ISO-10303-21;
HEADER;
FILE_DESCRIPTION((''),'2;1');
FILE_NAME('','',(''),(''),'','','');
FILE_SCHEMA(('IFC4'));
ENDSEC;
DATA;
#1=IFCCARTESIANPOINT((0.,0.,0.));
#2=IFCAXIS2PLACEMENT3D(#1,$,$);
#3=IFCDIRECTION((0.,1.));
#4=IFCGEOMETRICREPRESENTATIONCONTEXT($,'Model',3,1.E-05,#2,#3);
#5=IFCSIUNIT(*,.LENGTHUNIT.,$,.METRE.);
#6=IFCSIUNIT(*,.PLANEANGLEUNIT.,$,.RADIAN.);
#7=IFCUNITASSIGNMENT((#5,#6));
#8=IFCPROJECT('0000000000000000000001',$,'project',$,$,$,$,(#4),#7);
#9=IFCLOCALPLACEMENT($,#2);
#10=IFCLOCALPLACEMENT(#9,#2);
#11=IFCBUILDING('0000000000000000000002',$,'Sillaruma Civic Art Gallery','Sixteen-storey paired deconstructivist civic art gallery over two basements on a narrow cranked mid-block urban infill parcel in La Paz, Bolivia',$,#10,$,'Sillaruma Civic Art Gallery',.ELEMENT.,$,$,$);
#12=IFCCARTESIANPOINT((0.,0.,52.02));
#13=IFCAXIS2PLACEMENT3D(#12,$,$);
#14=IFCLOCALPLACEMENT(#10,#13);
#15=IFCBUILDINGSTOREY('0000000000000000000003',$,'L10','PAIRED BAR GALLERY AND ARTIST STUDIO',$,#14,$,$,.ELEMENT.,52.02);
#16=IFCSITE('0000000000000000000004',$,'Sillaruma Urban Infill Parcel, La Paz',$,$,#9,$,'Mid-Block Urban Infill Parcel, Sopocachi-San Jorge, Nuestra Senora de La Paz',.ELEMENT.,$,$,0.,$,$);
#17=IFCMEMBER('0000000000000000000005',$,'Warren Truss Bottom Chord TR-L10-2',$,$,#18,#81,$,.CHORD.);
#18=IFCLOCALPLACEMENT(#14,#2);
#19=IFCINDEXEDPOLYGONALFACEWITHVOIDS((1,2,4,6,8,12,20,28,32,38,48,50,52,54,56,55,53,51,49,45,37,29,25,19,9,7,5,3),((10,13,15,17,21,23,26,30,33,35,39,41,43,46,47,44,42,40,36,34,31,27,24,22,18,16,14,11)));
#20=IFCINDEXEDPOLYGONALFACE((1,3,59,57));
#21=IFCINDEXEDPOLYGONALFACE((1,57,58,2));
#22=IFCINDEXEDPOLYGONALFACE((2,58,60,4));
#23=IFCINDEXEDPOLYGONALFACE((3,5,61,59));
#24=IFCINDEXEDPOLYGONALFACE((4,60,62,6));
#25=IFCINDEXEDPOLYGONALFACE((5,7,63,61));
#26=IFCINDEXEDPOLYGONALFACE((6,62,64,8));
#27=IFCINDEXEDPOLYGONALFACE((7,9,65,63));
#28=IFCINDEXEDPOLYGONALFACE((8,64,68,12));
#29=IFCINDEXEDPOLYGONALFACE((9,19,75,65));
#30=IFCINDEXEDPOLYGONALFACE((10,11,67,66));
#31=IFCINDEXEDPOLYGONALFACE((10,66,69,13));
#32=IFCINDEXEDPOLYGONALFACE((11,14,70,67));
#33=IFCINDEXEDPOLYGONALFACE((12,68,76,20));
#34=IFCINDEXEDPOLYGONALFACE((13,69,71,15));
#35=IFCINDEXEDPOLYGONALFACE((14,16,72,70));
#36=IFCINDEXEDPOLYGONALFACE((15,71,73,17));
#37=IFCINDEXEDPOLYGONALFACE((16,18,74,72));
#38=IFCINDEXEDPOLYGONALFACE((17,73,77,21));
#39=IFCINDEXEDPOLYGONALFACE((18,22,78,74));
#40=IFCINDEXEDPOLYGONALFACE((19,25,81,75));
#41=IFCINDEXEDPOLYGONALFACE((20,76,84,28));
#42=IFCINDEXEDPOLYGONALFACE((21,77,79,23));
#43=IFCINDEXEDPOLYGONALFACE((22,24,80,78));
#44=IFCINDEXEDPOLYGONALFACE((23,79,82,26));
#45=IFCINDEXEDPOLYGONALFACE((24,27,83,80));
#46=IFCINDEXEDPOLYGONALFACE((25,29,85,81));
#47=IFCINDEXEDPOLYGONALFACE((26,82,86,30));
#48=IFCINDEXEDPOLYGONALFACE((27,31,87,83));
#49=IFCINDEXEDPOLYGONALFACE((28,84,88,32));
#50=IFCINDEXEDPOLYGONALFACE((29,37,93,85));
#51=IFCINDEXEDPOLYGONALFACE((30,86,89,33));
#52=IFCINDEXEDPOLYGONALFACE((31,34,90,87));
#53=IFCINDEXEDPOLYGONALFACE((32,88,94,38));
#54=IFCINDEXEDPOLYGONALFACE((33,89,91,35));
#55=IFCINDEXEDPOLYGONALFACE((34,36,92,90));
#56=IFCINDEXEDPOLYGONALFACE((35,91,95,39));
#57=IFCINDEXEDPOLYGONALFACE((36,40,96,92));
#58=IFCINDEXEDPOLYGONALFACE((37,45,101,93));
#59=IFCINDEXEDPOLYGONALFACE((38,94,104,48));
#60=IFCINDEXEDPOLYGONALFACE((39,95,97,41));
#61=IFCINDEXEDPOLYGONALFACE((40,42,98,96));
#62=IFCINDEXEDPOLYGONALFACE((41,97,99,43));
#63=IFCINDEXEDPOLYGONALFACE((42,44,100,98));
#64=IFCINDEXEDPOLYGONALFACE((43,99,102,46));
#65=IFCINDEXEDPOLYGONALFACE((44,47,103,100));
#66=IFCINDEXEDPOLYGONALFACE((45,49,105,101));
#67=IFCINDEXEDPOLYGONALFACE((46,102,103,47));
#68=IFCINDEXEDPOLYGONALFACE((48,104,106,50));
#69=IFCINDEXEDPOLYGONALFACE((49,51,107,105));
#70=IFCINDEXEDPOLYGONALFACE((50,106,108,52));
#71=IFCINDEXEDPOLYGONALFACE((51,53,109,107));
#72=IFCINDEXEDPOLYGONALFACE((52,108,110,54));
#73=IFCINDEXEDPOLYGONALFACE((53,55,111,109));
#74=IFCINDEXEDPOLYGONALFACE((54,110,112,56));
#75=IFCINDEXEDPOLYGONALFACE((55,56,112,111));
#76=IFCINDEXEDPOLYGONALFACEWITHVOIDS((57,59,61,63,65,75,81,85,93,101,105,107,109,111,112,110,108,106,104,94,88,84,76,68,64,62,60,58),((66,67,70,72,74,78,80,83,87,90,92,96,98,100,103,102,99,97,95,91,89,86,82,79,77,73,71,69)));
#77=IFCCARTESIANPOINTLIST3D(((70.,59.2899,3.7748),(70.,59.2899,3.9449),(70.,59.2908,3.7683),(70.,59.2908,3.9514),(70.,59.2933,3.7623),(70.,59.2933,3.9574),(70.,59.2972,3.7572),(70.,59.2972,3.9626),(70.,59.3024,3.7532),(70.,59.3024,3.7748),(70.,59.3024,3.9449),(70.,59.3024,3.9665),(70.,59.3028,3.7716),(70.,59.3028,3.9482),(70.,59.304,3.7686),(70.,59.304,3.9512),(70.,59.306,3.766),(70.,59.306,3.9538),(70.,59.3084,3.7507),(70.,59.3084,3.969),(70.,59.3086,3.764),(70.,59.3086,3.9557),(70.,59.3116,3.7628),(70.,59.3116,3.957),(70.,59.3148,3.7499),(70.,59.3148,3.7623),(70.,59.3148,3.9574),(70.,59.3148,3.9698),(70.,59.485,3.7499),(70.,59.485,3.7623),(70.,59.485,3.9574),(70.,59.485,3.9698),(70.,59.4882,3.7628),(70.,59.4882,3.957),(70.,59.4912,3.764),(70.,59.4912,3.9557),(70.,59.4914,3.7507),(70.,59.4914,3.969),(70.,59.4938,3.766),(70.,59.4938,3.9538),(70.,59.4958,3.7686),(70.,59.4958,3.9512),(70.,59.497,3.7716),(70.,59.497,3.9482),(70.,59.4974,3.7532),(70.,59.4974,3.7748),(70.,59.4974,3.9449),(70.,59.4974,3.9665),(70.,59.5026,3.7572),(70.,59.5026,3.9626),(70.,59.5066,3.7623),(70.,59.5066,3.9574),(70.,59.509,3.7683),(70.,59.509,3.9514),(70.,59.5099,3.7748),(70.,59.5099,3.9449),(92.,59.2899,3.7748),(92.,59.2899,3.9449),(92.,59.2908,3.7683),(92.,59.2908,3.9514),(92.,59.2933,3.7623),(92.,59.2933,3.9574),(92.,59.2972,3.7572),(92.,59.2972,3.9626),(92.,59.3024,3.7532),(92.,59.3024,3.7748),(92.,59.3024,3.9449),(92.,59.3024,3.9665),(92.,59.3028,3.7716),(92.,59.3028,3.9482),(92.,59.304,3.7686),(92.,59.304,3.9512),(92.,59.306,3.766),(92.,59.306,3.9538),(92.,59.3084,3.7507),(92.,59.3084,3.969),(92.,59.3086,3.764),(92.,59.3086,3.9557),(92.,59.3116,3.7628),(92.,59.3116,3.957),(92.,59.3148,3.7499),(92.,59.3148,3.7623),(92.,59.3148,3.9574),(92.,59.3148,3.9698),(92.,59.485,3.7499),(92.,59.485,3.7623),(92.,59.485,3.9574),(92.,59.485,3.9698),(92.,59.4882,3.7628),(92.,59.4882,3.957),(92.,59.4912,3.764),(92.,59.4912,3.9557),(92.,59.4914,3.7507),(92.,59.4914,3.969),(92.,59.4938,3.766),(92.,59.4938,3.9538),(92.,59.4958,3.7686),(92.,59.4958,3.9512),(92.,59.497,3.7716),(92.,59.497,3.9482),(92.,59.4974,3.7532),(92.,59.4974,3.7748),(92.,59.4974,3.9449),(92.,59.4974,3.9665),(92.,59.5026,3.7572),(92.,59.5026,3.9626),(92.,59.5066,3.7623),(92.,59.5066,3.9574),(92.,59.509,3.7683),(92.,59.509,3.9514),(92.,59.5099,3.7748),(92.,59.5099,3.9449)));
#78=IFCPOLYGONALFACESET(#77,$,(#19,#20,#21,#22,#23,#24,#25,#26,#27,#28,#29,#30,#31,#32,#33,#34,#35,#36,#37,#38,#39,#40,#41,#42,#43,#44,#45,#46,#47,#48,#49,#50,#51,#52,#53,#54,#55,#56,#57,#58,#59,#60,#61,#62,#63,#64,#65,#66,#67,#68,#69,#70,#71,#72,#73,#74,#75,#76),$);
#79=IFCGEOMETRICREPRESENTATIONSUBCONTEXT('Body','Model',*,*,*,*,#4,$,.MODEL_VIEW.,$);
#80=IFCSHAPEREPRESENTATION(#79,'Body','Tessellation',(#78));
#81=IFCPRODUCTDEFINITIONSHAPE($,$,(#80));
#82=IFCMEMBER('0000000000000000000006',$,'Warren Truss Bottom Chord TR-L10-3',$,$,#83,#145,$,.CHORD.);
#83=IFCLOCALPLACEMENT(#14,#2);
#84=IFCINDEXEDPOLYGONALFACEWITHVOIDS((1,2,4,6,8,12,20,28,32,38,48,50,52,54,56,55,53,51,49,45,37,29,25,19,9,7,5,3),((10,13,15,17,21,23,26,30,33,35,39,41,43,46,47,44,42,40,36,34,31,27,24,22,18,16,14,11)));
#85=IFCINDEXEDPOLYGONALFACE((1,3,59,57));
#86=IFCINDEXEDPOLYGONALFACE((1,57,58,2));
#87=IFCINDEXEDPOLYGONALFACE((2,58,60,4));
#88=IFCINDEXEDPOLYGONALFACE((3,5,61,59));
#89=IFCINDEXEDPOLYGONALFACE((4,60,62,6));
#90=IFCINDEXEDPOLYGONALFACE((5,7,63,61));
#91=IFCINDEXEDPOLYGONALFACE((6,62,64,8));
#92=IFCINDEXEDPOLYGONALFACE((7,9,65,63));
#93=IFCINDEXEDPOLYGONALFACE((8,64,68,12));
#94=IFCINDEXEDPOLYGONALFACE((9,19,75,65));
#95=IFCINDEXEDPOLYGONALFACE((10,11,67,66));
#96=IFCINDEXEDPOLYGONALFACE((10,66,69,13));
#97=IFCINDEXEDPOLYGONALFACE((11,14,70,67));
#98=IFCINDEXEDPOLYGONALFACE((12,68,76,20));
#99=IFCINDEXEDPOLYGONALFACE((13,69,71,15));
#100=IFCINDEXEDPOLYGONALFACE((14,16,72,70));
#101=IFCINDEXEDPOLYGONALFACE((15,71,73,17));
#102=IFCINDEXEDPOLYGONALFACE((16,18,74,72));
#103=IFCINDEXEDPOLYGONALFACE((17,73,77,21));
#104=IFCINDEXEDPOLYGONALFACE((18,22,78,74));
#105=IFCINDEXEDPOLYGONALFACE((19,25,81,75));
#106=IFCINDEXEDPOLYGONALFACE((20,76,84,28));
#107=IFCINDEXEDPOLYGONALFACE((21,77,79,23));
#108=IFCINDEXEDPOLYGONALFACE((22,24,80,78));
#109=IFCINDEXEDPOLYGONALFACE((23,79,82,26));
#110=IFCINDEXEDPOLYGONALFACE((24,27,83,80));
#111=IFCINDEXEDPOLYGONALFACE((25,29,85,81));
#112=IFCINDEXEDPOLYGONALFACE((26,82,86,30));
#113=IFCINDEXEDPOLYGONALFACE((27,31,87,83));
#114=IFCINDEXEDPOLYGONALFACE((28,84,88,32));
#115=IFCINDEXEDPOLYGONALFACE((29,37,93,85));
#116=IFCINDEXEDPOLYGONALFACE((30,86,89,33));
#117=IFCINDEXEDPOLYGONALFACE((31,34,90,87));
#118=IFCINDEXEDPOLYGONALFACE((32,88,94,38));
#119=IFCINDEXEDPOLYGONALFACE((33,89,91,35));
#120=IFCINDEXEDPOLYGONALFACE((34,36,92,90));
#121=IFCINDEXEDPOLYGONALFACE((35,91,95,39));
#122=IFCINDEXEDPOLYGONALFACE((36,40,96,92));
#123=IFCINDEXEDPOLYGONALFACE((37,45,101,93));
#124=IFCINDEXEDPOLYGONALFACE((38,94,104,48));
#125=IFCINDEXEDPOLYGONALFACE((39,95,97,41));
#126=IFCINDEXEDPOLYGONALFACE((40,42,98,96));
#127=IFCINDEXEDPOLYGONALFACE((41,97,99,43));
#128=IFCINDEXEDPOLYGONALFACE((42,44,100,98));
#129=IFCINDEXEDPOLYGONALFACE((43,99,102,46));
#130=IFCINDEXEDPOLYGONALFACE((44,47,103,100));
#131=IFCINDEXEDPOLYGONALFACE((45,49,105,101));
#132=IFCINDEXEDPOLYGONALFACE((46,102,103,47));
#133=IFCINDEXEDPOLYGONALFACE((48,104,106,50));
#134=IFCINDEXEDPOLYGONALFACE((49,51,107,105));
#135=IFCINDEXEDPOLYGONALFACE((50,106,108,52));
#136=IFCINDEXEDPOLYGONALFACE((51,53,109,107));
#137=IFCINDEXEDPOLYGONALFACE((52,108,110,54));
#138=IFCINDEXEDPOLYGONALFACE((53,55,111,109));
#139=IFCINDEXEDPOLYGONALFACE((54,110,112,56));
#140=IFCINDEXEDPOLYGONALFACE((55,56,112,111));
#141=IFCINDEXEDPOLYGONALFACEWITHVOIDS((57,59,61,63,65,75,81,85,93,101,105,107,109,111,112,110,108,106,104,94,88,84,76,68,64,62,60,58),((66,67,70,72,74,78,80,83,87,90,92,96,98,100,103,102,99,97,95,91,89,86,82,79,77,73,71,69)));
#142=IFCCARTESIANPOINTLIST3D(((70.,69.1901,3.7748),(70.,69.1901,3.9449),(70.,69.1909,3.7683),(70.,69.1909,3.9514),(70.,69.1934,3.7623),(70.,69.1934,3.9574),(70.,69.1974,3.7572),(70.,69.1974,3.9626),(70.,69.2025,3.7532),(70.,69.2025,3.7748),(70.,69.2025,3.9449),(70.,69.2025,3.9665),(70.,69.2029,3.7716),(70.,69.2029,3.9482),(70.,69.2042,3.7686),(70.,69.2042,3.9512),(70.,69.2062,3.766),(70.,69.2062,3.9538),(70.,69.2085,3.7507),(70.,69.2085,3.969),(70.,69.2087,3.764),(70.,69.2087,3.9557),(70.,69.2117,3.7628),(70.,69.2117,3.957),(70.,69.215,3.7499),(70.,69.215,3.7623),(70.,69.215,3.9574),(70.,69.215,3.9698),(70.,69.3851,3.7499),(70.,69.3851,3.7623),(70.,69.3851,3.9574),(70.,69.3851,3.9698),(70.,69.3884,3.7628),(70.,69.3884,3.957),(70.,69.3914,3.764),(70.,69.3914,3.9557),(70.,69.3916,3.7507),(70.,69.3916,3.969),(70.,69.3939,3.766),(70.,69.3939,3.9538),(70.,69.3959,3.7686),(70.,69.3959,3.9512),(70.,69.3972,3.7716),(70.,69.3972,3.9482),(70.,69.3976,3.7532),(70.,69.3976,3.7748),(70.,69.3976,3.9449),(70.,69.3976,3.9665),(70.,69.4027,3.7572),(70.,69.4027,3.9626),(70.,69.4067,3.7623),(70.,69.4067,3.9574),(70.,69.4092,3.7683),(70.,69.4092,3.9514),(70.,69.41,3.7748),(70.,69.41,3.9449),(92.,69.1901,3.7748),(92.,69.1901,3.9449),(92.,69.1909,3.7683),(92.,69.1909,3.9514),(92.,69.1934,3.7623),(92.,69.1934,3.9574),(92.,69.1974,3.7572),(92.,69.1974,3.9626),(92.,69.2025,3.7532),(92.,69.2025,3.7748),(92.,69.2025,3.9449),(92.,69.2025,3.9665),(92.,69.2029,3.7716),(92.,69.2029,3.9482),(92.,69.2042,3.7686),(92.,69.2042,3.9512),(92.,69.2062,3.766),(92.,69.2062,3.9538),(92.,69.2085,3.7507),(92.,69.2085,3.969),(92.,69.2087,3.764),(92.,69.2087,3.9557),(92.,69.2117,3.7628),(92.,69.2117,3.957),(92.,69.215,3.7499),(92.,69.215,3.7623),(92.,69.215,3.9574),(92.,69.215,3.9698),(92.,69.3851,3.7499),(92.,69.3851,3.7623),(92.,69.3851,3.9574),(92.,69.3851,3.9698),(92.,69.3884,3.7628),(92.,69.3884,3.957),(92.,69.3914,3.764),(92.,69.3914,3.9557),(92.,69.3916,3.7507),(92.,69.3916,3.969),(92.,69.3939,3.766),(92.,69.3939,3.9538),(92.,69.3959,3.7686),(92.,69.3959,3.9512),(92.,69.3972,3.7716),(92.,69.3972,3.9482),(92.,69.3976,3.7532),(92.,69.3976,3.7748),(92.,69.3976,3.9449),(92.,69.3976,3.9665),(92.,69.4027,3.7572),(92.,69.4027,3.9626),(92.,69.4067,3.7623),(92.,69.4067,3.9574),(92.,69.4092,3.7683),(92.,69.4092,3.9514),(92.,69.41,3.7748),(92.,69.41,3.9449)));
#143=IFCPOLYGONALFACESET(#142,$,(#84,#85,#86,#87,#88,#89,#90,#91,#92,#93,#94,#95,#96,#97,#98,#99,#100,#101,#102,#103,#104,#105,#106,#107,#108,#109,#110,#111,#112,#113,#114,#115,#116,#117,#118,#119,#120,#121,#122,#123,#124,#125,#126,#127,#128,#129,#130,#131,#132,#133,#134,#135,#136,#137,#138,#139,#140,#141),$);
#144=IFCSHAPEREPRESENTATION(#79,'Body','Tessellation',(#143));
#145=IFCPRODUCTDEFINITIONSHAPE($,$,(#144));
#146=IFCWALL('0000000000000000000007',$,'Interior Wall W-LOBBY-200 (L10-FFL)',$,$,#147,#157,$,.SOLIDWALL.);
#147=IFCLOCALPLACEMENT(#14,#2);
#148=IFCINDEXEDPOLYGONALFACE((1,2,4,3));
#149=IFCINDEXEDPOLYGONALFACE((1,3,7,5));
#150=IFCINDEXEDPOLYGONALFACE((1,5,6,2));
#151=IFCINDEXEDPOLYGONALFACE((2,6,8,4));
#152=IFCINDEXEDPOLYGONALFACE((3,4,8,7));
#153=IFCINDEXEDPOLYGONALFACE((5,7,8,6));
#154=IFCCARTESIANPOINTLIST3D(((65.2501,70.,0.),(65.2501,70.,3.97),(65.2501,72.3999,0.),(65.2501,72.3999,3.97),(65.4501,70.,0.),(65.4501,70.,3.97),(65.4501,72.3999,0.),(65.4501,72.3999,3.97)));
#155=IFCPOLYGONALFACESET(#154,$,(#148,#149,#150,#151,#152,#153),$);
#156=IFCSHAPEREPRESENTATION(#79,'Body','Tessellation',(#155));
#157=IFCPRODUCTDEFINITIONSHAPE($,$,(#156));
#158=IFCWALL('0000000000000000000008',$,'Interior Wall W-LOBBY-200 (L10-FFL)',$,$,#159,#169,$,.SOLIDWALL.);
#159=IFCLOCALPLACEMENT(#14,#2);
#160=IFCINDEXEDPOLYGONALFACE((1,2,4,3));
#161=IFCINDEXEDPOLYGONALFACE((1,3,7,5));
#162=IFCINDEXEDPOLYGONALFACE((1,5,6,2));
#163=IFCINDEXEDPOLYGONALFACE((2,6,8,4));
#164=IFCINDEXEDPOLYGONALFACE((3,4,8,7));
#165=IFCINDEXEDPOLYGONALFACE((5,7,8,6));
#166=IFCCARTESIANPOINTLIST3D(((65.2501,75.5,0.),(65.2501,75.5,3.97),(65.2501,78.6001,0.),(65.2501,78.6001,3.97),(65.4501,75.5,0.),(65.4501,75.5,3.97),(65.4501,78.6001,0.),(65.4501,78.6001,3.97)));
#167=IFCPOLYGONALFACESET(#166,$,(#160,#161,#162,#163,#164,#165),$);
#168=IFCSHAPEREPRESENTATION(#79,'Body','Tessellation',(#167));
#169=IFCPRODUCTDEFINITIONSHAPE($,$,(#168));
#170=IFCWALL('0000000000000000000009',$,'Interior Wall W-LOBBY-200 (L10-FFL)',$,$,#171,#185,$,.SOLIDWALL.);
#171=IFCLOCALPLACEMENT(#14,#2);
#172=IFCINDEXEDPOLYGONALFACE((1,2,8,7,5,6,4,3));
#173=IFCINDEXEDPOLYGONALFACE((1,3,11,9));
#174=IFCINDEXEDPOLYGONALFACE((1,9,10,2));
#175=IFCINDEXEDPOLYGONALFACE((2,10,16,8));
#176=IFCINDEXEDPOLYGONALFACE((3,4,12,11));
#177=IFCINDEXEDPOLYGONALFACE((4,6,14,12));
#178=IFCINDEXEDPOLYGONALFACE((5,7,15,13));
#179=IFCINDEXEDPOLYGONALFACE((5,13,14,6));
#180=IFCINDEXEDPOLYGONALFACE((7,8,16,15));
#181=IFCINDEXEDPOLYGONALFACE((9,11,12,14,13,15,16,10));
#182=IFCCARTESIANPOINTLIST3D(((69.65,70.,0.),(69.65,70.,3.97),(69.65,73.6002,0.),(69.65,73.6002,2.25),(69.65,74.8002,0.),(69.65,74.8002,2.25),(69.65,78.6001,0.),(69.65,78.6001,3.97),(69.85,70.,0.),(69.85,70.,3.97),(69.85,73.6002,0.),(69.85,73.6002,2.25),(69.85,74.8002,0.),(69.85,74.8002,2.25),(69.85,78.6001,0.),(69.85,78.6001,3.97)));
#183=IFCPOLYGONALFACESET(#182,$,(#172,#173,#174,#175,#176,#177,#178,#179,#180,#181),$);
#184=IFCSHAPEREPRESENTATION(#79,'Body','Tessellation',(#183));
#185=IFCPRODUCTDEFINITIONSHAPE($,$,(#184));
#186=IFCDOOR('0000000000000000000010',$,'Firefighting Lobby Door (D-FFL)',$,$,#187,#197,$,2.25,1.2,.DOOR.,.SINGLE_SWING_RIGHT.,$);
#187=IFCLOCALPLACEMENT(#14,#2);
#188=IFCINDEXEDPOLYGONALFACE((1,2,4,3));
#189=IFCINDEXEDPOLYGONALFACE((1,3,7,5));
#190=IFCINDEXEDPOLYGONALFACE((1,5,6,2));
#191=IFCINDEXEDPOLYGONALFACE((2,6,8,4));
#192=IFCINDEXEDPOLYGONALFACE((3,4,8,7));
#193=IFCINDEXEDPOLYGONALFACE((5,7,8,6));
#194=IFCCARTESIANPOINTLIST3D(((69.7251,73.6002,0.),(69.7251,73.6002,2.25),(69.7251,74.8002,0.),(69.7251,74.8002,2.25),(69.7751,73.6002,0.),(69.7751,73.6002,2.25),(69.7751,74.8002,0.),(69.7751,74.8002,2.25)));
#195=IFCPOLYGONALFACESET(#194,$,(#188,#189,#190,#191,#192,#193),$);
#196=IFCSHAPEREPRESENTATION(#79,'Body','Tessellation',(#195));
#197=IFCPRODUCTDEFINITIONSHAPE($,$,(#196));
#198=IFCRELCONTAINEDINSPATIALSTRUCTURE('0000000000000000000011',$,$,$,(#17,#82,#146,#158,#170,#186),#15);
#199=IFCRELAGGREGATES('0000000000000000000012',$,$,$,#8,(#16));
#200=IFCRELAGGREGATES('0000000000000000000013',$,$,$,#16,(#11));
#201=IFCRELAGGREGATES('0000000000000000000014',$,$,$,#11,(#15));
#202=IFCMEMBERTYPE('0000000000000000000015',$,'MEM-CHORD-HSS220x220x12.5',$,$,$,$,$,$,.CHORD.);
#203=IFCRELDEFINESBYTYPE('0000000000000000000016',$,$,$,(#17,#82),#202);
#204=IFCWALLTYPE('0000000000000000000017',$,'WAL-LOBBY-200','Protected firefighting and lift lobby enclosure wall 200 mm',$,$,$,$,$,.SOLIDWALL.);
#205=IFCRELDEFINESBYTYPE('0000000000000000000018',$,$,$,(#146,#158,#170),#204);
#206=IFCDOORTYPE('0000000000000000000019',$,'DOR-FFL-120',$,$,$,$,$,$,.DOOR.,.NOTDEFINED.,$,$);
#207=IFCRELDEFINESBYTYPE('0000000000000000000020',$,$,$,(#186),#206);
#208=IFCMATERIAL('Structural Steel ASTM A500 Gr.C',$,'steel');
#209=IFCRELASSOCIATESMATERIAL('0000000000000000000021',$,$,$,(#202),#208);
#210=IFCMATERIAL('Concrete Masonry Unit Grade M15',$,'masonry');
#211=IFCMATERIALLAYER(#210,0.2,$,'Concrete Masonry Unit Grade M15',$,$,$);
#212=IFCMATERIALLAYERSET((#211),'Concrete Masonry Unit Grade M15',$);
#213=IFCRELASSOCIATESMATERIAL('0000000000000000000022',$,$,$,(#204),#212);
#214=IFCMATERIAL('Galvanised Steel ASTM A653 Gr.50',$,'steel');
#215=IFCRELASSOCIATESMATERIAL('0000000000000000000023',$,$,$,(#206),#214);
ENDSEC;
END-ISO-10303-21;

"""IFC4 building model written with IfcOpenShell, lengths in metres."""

from ifc_helpers import new_model, si_unit, direction, frame, frame_2d, origin, origin_2d, place, context, subcontext, project, spatial, rectangle, hollow_rectangle, extrude, material, layer, layer_set, material_profile, profile_set, type_object, element, fill, save


model = new_model("IFC4")

# Units and contexts
model_context = context("Model", 3, precision=1e-05, world=origin(), true_north=direction((0.0, 1.0)))
body_context = subcontext(model_context, "Body", "Model", "MODEL_VIEW")
ifc_project = project(units=[si_unit("LENGTHUNIT", "METRE"), si_unit("PLANEANGLEUNIT", "RADIAN")], contexts=[model_context])

# Site, building, storey
site_placement = place(None, origin())
site = spatial("IfcSite", under=ifc_project, at=site_placement, Name="Sillaruma Urban Infill Parcel, La Paz", LongName="Mid-Block Urban Infill Parcel, Sopocachi-San Jorge, Nuestra Senora de La Paz", CompositionType="ELEMENT", RefElevation=0.0)
building_placement = place(site_placement, origin())
building = spatial("IfcBuilding", under=site, at=building_placement, Name="Sillaruma Civic Art Gallery", Description="Sixteen-storey paired deconstructivist civic art gallery over two basements on a narrow cranked mid-block urban infill parcel in La Paz, Bolivia", LongName="Sillaruma Civic Art Gallery", CompositionType="ELEMENT")
storey_placement = place(building_placement, frame((0.0, 0.0, 52.02)))
storey = spatial("IfcBuildingStorey", under=building, at=storey_placement, Name="L10", Description="PAIRED BAR GALLERY AND ARTIST STUDIO", CompositionType="ELEMENT", Elevation=52.02)

# Members
ifc_material_1 = material(Name="Structural Steel ASTM A500 Gr.C", Category="steel")
ifc_material_profile_1 = material_profile(ifc_material_1, hollow_rectangle(XDim=0.22, YDim=0.22, WallThickness=0.0125, InnerFilletRadius=0.0125, OuterFilletRadius=0.0249, at=origin_2d()), Name="HSS220x220x12.5")
ifc_profile_set_1 = profile_set([ifc_material_profile_1], Name="Structural Steel ASTM A500 Gr.C")
member_type_1 = type_object("IfcMemberType", Name="MEM-CHORD-HSS220x220x12.5", PredefinedType="CHORD", material=ifc_profile_set_1)
for number, where, z_axis, x_axis, name in (
    (1, (70.0, 59.3999, 3.8599), (1.0, 0.0, 0.0), (0.0, 1.0, 0.0), "Warren Truss Bottom Chord TR-L10-2"),
    (2, (70.0, 69.3, 3.8599), (1.0, 0.0, 0.0), (0.0, 1.0, 0.0), "Warren Truss Bottom Chord TR-L10-3"),
):
    element("IfcMember", number, at=place(storey_placement, frame(where, z_axis=z_axis, x_axis=x_axis)), inside=storey, type_object=member_type_1, Name=name, PredefinedType="CHORD", context=body_context, shape_type="SweptSolid", body=[
        extrude(hollow_rectangle(XDim=0.22, YDim=0.22, WallThickness=0.0125, InnerFilletRadius=0.0125, OuterFilletRadius=0.0249, at=origin_2d()), origin(), (0.0, 0.0, 1.0), 22.0),
    ])

# Walls
ifc_material_2 = material(Name="Concrete Masonry Unit Grade M15", Category="masonry")
ifc_layer_1 = layer(ifc_material_2, 0.2, Name="Concrete Masonry Unit Grade M15")
ifc_layer_set_1 = layer_set([ifc_layer_1], Name="Concrete Masonry Unit Grade M15")
wall_type_1 = type_object("IfcWallType", Name="WAL-LOBBY-200", Description="Protected firefighting and lift lobby enclosure wall 200 mm", PredefinedType="SOLIDWALL", material=ifc_layer_set_1)
wall_1_placement = place(storey_placement, frame((65.3501, 70.0, 0.0), z_axis=(0.0, 0.0, 1.0), x_axis=(0.0, 1.0, 0.0)))
element("IfcWall", 3, at=wall_1_placement, inside=storey, type_object=wall_type_1, Name="Interior Wall W-LOBBY-200 (L10-FFL)", PredefinedType="SOLIDWALL", context=body_context, shape_type="SweptSolid", body=[
    extrude(rectangle(XDim=2.3999, YDim=0.2, at=frame_2d((1.2, 0.0))), origin(), (0.0, 0.0, 1.0), 3.97),
])
wall_2_placement = place(storey_placement, frame((65.3501, 75.5, 0.0), z_axis=(0.0, 0.0, 1.0), x_axis=(0.0, 1.0, 0.0)))
element("IfcWall", 4, at=wall_2_placement, inside=storey, type_object=wall_type_1, Name="Interior Wall W-LOBBY-200 (L10-FFL)", PredefinedType="SOLIDWALL", context=body_context, shape_type="SweptSolid", body=[
    extrude(rectangle(XDim=3.1001, YDim=0.2, at=frame_2d((1.55, 0.0))), origin(), (0.0, 0.0, 1.0), 3.97),
])

# Wall, opening, door
wall_3_placement = place(storey_placement, frame((69.75, 70.0, 0.0), z_axis=(0.0, 0.0, 1.0), x_axis=(0.0, 1.0, 0.0)))
wall_3 = element("IfcWall", 5, at=wall_3_placement, inside=storey, type_object=wall_type_1, Name="Interior Wall W-LOBBY-200 (L10-FFL)", PredefinedType="SOLIDWALL", context=body_context, shape_type="SweptSolid", body=[
    extrude(rectangle(XDim=8.6001, YDim=0.2, at=frame_2d((4.3, 0.0))), origin(), (0.0, 0.0, 1.0), 3.97),
])
opening_1_placement = place(wall_3_placement, frame((3.6001, 0.0, 0.0)))
opening_1 = element("IfcOpeningElement", 6, at=opening_1_placement, cuts=wall_3, PredefinedType="OPENING", context=body_context, shape_type="SweptSolid", body=[
    extrude(rectangle(XDim=1.2, YDim=2.25, at=frame_2d((0.6001, 1.125))), frame((0.0, 0.1099, 0.0), z_axis=(0.0, -1.0, 0.0), x_axis=(1.0, 0.0, 0.0)), (0.0, 0.0, 1.0), 0.22),
])
ifc_material_3 = material(Name="Galvanised Steel ASTM A653 Gr.50", Category="steel")
door_type_1 = type_object("IfcDoorType", Name="DOR-FFL-120", OperationType="NOTDEFINED", PredefinedType="DOOR", material=ifc_material_3)
door_1_placement = place(opening_1_placement, origin())
door_1 = element("IfcDoor", 7, at=door_1_placement, inside=storey, type_object=door_type_1, Name="Firefighting Lobby Door (D-FFL)", OperationType="SINGLE_SWING_RIGHT", OverallHeight=2.25, OverallWidth=1.2, PredefinedType="DOOR", context=body_context, shape_type="SweptSolid", body=[
    extrude(rectangle(XDim=1.2, YDim=2.25, at=frame_2d((0.6001, 1.125))), frame((0.0, 0.0249, 0.0), z_axis=(0.0, -1.0, 0.0), x_axis=(1.0, 0.0, 0.0)), (0.0, 0.0, 1.0), 0.05),
])
fill(opening_1, door_1)

save(model, "model.ifc")
